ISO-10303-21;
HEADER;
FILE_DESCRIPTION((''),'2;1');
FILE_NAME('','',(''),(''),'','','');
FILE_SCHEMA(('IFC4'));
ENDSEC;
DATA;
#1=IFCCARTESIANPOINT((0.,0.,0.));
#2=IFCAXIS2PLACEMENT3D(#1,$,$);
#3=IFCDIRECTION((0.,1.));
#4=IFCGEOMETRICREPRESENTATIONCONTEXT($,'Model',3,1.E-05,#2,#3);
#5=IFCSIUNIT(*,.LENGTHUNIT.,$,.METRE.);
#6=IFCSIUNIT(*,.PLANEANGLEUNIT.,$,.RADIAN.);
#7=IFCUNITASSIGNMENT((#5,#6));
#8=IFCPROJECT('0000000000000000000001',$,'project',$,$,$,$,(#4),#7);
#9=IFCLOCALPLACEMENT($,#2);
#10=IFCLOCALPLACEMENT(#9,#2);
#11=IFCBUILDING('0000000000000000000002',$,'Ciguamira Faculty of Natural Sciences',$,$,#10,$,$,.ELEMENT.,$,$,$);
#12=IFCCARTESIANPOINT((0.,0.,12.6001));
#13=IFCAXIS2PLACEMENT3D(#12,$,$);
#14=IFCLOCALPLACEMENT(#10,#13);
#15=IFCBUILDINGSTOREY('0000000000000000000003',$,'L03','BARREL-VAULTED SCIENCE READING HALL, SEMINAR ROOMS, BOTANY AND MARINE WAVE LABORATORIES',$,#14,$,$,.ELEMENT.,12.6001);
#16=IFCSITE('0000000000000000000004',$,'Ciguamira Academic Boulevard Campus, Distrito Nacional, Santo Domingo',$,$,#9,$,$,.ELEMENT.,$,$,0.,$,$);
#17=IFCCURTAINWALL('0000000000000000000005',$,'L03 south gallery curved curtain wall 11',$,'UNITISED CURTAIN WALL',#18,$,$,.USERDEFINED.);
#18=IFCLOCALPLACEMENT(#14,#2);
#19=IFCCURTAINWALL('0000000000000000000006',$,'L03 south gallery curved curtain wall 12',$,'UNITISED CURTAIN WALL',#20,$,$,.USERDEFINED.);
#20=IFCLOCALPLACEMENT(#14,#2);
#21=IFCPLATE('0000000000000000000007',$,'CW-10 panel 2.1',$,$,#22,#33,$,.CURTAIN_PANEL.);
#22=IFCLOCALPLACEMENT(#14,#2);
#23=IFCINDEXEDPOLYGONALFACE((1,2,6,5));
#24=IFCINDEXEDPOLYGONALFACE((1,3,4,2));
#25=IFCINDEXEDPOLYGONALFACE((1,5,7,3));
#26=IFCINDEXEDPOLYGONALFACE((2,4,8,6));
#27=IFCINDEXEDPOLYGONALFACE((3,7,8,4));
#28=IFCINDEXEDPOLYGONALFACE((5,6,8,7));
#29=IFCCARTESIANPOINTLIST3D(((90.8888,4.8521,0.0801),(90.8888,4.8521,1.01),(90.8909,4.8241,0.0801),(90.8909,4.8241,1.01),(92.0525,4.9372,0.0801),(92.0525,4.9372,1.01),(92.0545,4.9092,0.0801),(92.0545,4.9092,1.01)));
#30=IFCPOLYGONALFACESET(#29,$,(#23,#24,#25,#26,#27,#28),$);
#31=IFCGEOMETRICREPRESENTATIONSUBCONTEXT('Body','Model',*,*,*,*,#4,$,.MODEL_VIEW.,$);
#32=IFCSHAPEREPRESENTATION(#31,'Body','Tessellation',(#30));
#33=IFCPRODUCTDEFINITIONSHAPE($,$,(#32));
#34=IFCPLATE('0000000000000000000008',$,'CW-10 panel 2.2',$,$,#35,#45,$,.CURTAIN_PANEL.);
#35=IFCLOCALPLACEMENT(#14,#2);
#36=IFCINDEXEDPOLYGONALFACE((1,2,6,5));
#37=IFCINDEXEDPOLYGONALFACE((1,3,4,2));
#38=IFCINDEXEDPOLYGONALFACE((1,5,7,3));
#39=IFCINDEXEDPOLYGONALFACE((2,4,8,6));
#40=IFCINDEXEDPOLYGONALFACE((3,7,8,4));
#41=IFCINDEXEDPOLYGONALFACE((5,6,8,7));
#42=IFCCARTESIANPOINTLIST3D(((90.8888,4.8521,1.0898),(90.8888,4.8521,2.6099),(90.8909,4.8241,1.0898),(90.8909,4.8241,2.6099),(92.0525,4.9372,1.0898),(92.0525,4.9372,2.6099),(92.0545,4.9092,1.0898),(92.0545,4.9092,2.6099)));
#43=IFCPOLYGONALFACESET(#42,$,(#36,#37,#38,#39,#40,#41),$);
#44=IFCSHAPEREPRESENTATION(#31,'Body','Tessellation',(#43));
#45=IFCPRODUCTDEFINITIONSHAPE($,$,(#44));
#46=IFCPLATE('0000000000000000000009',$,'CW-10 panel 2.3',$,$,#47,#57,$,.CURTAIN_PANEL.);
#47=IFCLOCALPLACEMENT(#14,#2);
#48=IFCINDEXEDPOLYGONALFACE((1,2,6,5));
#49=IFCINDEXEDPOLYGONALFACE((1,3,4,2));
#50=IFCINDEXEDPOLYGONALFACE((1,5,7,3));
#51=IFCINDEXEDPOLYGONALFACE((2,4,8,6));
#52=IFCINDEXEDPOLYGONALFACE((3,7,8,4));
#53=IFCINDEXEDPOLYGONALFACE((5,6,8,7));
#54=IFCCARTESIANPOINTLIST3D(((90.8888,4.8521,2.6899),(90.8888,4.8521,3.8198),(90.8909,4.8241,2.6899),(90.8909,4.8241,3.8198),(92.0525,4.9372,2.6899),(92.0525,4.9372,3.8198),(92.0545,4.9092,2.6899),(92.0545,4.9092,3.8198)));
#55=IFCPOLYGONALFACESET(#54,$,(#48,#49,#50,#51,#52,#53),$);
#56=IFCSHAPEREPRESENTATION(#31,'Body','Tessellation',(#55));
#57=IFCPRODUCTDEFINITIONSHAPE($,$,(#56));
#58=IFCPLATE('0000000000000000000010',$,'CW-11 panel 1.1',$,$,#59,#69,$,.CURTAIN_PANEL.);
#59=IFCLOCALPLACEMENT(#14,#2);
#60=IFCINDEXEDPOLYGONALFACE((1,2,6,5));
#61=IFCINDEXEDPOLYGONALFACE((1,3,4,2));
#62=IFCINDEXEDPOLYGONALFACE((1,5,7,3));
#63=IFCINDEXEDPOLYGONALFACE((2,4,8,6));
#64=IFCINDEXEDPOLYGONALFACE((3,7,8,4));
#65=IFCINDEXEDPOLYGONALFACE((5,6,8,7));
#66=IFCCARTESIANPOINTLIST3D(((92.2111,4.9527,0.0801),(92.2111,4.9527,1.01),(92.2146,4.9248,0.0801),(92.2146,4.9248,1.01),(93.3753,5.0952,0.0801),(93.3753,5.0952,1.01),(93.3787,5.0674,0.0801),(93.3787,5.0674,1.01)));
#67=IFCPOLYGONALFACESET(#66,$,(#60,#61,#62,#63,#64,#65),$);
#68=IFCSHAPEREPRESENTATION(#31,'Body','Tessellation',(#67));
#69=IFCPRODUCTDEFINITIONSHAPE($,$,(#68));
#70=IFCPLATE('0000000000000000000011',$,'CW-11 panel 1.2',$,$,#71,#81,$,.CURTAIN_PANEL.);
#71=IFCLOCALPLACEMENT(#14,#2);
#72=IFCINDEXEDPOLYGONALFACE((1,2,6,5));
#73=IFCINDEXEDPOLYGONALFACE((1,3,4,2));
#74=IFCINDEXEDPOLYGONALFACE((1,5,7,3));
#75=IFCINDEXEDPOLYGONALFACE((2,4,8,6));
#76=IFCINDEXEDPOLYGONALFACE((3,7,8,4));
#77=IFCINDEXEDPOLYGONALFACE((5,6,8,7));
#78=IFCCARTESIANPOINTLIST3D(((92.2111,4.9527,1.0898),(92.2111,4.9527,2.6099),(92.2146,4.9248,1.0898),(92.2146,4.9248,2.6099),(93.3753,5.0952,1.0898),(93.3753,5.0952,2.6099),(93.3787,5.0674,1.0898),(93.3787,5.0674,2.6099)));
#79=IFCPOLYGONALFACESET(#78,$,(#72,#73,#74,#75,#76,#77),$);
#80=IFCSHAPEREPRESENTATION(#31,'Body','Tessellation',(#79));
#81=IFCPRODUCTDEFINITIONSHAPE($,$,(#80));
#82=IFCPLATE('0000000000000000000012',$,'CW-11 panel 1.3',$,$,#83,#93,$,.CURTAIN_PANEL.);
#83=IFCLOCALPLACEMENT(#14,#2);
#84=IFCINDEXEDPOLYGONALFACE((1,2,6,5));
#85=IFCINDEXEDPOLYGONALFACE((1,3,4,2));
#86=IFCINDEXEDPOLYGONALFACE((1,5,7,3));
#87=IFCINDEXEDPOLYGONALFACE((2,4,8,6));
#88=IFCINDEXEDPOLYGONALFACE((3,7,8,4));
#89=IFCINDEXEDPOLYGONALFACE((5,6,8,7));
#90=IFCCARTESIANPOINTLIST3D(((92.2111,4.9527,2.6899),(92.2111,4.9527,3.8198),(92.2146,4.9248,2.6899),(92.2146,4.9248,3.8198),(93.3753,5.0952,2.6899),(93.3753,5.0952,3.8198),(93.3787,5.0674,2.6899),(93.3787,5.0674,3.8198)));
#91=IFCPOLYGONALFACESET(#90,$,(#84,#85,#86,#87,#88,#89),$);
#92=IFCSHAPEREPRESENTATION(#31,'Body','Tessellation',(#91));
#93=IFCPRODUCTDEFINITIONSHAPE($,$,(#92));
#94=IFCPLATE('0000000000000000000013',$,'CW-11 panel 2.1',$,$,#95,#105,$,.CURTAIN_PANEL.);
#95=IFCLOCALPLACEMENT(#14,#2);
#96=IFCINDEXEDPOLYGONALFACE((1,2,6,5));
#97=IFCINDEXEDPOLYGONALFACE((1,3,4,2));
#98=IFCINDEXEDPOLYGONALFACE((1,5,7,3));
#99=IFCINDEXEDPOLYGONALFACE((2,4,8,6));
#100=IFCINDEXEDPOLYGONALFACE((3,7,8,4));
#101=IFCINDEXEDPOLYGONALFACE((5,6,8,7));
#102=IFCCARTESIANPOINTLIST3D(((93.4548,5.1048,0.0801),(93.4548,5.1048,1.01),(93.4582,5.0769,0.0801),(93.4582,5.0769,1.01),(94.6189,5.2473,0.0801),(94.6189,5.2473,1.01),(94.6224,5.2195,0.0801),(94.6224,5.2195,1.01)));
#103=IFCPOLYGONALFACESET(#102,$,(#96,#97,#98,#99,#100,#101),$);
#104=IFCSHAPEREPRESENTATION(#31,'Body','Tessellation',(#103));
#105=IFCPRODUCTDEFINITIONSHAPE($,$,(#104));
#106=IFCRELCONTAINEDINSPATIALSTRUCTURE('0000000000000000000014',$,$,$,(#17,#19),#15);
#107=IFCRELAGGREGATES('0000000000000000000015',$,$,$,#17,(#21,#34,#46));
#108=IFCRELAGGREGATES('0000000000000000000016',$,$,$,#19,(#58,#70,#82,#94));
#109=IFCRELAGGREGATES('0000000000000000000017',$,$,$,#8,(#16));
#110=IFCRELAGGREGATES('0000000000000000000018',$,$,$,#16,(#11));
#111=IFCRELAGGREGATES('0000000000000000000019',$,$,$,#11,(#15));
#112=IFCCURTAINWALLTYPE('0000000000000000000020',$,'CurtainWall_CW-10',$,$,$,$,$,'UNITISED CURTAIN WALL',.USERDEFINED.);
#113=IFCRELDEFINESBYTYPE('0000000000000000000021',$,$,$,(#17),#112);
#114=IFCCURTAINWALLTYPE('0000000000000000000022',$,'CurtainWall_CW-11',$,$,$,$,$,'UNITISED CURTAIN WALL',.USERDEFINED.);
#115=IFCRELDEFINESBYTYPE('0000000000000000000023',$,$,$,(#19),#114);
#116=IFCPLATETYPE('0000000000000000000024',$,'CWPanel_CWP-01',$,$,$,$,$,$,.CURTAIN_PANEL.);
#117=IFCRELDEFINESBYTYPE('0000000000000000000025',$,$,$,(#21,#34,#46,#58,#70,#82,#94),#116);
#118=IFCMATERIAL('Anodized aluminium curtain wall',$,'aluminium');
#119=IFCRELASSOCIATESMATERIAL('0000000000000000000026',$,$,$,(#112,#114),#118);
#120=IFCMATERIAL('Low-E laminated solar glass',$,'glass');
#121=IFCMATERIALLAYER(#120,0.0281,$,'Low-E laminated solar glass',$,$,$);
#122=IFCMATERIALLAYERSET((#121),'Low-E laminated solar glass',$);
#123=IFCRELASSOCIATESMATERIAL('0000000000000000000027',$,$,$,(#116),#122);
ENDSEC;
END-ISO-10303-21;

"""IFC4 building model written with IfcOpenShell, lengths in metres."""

from ifc_helpers import new_model, si_unit, direction, frame, origin, origin_2d, place, context, subcontext, project, spatial, rectangle, extrude, material, layer, layer_set, type_object, element, aggregate, save


model = new_model("IFC4")

# Units and contexts
model_context = context("Model", 3, precision=1e-05, world=origin(), true_north=direction((0.0, 1.0)))
body_context = subcontext(model_context, "Body", "Model", "MODEL_VIEW")
ifc_project = project(units=[si_unit("LENGTHUNIT", "METRE"), si_unit("PLANEANGLEUNIT", "RADIAN")], contexts=[model_context])

# Site, building, storey
site_placement = place(None, origin())
site = spatial("IfcSite", under=ifc_project, at=site_placement, Name="Ciguamira Academic Boulevard Campus, Distrito Nacional, Santo Domingo", CompositionType="ELEMENT", RefElevation=0.0)
building_placement = place(site_placement, origin())
building = spatial("IfcBuilding", under=site, at=building_placement, Name="Ciguamira Faculty of Natural Sciences", CompositionType="ELEMENT")
storey_placement = place(building_placement, frame((0.0, 0.0, 12.6001)))
storey = spatial("IfcBuildingStorey", under=building, at=storey_placement, Name="L03", Description="BARREL-VAULTED SCIENCE READING HALL, SEMINAR ROOMS, BOTANY AND MARINE WAVE LABORATORIES", CompositionType="ELEMENT", Elevation=12.6001)

# Curtain wall
ifc_material_1 = material(Name="Anodized aluminium curtain wall", Category="aluminium")
curtain_wall_type_1 = type_object("IfcCurtainWallType", Name="CurtainWall_CW-10", ElementType="UNITISED CURTAIN WALL", PredefinedType="USERDEFINED", material=ifc_material_1)
curtain_wall_1_placement = place(storey_placement, origin())
curtain_wall_1 = element("IfcCurtainWall", 1, at=curtain_wall_1_placement, inside=storey, type_object=curtain_wall_type_1, Name="L03 south gallery curved curtain wall 11", ObjectType="UNITISED CURTAIN WALL", PredefinedType="USERDEFINED")

# Curtain wall
curtain_wall_type_2 = type_object("IfcCurtainWallType", Name="CurtainWall_CW-11", ElementType="UNITISED CURTAIN WALL", PredefinedType="USERDEFINED", material=ifc_material_1)
curtain_wall_2_placement = place(storey_placement, origin())
curtain_wall_2 = element("IfcCurtainWall", 2, at=curtain_wall_2_placement, inside=storey, type_object=curtain_wall_type_2, Name="L03 south gallery curved curtain wall 12", ObjectType="UNITISED CURTAIN WALL", PredefinedType="USERDEFINED")

# Plates
ifc_material_2 = material(Name="Low-E laminated solar glass", Category="glass")
ifc_layer = layer(ifc_material_2, 0.0281, Name="Low-E laminated solar glass")
ifc_layer_set = layer_set([ifc_layer], Name="Low-E laminated solar glass")
plate_type = type_object("IfcPlateType", Name="CWPanel_CWP-01", PredefinedType="CURTAIN_PANEL", material=ifc_layer_set)
plate_1_placement = place(storey_placement, frame((91.4717, 4.8806, 0.0801), z_axis=(0.0, 0.0, 1.0), x_axis=(0.997337, 0.072937, 0.0)))
plate_1 = element("IfcPlate", 3, at=plate_1_placement, type_object=plate_type, Name="CW-10 panel 2.1", PredefinedType="CURTAIN_PANEL", context=body_context, shape_type="SweptSolid", body=[
    extrude(rectangle(XDim=1.1667, YDim=0.0281, at=origin_2d()), origin(), (0.0, 0.0, 1.0), 0.9299),
])
plate_2_placement = place(storey_placement, frame((91.4717, 4.8806, 1.0898), z_axis=(0.0, 0.0, 1.0), x_axis=(0.997337, 0.072937, 0.0)))
plate_2 = element("IfcPlate", 4, at=plate_2_placement, type_object=plate_type, Name="CW-10 panel 2.2", PredefinedType="CURTAIN_PANEL", context=body_context, shape_type="SweptSolid", body=[
    extrude(rectangle(XDim=1.1667, YDim=0.0281, at=origin_2d()), origin(), (0.0, 0.0, 1.0), 1.52),
])
plate_3_placement = place(storey_placement, frame((91.4717, 4.8806, 2.6899), z_axis=(0.0, 0.0, 1.0), x_axis=(0.997337, 0.072937, 0.0)))
plate_3 = element("IfcPlate", 5, at=plate_3_placement, type_object=plate_type, Name="CW-10 panel 2.3", PredefinedType="CURTAIN_PANEL", context=body_context, shape_type="SweptSolid", body=[
    extrude(rectangle(XDim=1.1667, YDim=0.0281, at=origin_2d()), origin(), (0.0, 0.0, 1.0), 1.1299),
])
aggregate(curtain_wall_1, [plate_1, plate_2, plate_3])
plate_4_placement = place(storey_placement, frame((92.7949, 5.01, 0.0801), z_axis=(0.0, 0.0, 1.0), x_axis=(0.992586, 0.121545, 0.0)))
plate_4 = element("IfcPlate", 6, at=plate_4_placement, type_object=plate_type, Name="CW-11 panel 1.1", PredefinedType="CURTAIN_PANEL", context=body_context, shape_type="SweptSolid", body=[
    extrude(rectangle(XDim=1.1729, YDim=0.0281, at=origin_2d()), origin(), (0.0, 0.0, 1.0), 0.9299),
])
plate_5_placement = place(storey_placement, frame((92.7949, 5.01, 1.0898), z_axis=(0.0, 0.0, 1.0), x_axis=(0.992586, 0.121545, 0.0)))
plate_5 = element("IfcPlate", 7, at=plate_5_placement, type_object=plate_type, Name="CW-11 panel 1.2", PredefinedType="CURTAIN_PANEL", context=body_context, shape_type="SweptSolid", body=[
    extrude(rectangle(XDim=1.1729, YDim=0.0281, at=origin_2d()), origin(), (0.0, 0.0, 1.0), 1.52),
])
plate_6_placement = place(storey_placement, frame((92.7949, 5.01, 2.6899), z_axis=(0.0, 0.0, 1.0), x_axis=(0.992586, 0.121545, 0.0)))
plate_6 = element("IfcPlate", 8, at=plate_6_placement, type_object=plate_type, Name="CW-11 panel 1.3", PredefinedType="CURTAIN_PANEL", context=body_context, shape_type="SweptSolid", body=[
    extrude(rectangle(XDim=1.1729, YDim=0.0281, at=origin_2d()), origin(), (0.0, 0.0, 1.0), 1.1299),
])
plate_7_placement = place(storey_placement, frame((94.0386, 5.1621, 0.0801), z_axis=(0.0, 0.0, 1.0), x_axis=(0.992586, 0.121545, 0.0)))
plate_7 = element("IfcPlate", 9, at=plate_7_placement, type_object=plate_type, Name="CW-11 panel 2.1", PredefinedType="CURTAIN_PANEL", context=body_context, shape_type="SweptSolid", body=[
    extrude(rectangle(XDim=1.1729, YDim=0.0281, at=origin_2d()), origin(), (0.0, 0.0, 1.0), 0.9299),
])
aggregate(curtain_wall_2, [plate_4, plate_5, plate_6, plate_7])

save(model, "model.ifc")
